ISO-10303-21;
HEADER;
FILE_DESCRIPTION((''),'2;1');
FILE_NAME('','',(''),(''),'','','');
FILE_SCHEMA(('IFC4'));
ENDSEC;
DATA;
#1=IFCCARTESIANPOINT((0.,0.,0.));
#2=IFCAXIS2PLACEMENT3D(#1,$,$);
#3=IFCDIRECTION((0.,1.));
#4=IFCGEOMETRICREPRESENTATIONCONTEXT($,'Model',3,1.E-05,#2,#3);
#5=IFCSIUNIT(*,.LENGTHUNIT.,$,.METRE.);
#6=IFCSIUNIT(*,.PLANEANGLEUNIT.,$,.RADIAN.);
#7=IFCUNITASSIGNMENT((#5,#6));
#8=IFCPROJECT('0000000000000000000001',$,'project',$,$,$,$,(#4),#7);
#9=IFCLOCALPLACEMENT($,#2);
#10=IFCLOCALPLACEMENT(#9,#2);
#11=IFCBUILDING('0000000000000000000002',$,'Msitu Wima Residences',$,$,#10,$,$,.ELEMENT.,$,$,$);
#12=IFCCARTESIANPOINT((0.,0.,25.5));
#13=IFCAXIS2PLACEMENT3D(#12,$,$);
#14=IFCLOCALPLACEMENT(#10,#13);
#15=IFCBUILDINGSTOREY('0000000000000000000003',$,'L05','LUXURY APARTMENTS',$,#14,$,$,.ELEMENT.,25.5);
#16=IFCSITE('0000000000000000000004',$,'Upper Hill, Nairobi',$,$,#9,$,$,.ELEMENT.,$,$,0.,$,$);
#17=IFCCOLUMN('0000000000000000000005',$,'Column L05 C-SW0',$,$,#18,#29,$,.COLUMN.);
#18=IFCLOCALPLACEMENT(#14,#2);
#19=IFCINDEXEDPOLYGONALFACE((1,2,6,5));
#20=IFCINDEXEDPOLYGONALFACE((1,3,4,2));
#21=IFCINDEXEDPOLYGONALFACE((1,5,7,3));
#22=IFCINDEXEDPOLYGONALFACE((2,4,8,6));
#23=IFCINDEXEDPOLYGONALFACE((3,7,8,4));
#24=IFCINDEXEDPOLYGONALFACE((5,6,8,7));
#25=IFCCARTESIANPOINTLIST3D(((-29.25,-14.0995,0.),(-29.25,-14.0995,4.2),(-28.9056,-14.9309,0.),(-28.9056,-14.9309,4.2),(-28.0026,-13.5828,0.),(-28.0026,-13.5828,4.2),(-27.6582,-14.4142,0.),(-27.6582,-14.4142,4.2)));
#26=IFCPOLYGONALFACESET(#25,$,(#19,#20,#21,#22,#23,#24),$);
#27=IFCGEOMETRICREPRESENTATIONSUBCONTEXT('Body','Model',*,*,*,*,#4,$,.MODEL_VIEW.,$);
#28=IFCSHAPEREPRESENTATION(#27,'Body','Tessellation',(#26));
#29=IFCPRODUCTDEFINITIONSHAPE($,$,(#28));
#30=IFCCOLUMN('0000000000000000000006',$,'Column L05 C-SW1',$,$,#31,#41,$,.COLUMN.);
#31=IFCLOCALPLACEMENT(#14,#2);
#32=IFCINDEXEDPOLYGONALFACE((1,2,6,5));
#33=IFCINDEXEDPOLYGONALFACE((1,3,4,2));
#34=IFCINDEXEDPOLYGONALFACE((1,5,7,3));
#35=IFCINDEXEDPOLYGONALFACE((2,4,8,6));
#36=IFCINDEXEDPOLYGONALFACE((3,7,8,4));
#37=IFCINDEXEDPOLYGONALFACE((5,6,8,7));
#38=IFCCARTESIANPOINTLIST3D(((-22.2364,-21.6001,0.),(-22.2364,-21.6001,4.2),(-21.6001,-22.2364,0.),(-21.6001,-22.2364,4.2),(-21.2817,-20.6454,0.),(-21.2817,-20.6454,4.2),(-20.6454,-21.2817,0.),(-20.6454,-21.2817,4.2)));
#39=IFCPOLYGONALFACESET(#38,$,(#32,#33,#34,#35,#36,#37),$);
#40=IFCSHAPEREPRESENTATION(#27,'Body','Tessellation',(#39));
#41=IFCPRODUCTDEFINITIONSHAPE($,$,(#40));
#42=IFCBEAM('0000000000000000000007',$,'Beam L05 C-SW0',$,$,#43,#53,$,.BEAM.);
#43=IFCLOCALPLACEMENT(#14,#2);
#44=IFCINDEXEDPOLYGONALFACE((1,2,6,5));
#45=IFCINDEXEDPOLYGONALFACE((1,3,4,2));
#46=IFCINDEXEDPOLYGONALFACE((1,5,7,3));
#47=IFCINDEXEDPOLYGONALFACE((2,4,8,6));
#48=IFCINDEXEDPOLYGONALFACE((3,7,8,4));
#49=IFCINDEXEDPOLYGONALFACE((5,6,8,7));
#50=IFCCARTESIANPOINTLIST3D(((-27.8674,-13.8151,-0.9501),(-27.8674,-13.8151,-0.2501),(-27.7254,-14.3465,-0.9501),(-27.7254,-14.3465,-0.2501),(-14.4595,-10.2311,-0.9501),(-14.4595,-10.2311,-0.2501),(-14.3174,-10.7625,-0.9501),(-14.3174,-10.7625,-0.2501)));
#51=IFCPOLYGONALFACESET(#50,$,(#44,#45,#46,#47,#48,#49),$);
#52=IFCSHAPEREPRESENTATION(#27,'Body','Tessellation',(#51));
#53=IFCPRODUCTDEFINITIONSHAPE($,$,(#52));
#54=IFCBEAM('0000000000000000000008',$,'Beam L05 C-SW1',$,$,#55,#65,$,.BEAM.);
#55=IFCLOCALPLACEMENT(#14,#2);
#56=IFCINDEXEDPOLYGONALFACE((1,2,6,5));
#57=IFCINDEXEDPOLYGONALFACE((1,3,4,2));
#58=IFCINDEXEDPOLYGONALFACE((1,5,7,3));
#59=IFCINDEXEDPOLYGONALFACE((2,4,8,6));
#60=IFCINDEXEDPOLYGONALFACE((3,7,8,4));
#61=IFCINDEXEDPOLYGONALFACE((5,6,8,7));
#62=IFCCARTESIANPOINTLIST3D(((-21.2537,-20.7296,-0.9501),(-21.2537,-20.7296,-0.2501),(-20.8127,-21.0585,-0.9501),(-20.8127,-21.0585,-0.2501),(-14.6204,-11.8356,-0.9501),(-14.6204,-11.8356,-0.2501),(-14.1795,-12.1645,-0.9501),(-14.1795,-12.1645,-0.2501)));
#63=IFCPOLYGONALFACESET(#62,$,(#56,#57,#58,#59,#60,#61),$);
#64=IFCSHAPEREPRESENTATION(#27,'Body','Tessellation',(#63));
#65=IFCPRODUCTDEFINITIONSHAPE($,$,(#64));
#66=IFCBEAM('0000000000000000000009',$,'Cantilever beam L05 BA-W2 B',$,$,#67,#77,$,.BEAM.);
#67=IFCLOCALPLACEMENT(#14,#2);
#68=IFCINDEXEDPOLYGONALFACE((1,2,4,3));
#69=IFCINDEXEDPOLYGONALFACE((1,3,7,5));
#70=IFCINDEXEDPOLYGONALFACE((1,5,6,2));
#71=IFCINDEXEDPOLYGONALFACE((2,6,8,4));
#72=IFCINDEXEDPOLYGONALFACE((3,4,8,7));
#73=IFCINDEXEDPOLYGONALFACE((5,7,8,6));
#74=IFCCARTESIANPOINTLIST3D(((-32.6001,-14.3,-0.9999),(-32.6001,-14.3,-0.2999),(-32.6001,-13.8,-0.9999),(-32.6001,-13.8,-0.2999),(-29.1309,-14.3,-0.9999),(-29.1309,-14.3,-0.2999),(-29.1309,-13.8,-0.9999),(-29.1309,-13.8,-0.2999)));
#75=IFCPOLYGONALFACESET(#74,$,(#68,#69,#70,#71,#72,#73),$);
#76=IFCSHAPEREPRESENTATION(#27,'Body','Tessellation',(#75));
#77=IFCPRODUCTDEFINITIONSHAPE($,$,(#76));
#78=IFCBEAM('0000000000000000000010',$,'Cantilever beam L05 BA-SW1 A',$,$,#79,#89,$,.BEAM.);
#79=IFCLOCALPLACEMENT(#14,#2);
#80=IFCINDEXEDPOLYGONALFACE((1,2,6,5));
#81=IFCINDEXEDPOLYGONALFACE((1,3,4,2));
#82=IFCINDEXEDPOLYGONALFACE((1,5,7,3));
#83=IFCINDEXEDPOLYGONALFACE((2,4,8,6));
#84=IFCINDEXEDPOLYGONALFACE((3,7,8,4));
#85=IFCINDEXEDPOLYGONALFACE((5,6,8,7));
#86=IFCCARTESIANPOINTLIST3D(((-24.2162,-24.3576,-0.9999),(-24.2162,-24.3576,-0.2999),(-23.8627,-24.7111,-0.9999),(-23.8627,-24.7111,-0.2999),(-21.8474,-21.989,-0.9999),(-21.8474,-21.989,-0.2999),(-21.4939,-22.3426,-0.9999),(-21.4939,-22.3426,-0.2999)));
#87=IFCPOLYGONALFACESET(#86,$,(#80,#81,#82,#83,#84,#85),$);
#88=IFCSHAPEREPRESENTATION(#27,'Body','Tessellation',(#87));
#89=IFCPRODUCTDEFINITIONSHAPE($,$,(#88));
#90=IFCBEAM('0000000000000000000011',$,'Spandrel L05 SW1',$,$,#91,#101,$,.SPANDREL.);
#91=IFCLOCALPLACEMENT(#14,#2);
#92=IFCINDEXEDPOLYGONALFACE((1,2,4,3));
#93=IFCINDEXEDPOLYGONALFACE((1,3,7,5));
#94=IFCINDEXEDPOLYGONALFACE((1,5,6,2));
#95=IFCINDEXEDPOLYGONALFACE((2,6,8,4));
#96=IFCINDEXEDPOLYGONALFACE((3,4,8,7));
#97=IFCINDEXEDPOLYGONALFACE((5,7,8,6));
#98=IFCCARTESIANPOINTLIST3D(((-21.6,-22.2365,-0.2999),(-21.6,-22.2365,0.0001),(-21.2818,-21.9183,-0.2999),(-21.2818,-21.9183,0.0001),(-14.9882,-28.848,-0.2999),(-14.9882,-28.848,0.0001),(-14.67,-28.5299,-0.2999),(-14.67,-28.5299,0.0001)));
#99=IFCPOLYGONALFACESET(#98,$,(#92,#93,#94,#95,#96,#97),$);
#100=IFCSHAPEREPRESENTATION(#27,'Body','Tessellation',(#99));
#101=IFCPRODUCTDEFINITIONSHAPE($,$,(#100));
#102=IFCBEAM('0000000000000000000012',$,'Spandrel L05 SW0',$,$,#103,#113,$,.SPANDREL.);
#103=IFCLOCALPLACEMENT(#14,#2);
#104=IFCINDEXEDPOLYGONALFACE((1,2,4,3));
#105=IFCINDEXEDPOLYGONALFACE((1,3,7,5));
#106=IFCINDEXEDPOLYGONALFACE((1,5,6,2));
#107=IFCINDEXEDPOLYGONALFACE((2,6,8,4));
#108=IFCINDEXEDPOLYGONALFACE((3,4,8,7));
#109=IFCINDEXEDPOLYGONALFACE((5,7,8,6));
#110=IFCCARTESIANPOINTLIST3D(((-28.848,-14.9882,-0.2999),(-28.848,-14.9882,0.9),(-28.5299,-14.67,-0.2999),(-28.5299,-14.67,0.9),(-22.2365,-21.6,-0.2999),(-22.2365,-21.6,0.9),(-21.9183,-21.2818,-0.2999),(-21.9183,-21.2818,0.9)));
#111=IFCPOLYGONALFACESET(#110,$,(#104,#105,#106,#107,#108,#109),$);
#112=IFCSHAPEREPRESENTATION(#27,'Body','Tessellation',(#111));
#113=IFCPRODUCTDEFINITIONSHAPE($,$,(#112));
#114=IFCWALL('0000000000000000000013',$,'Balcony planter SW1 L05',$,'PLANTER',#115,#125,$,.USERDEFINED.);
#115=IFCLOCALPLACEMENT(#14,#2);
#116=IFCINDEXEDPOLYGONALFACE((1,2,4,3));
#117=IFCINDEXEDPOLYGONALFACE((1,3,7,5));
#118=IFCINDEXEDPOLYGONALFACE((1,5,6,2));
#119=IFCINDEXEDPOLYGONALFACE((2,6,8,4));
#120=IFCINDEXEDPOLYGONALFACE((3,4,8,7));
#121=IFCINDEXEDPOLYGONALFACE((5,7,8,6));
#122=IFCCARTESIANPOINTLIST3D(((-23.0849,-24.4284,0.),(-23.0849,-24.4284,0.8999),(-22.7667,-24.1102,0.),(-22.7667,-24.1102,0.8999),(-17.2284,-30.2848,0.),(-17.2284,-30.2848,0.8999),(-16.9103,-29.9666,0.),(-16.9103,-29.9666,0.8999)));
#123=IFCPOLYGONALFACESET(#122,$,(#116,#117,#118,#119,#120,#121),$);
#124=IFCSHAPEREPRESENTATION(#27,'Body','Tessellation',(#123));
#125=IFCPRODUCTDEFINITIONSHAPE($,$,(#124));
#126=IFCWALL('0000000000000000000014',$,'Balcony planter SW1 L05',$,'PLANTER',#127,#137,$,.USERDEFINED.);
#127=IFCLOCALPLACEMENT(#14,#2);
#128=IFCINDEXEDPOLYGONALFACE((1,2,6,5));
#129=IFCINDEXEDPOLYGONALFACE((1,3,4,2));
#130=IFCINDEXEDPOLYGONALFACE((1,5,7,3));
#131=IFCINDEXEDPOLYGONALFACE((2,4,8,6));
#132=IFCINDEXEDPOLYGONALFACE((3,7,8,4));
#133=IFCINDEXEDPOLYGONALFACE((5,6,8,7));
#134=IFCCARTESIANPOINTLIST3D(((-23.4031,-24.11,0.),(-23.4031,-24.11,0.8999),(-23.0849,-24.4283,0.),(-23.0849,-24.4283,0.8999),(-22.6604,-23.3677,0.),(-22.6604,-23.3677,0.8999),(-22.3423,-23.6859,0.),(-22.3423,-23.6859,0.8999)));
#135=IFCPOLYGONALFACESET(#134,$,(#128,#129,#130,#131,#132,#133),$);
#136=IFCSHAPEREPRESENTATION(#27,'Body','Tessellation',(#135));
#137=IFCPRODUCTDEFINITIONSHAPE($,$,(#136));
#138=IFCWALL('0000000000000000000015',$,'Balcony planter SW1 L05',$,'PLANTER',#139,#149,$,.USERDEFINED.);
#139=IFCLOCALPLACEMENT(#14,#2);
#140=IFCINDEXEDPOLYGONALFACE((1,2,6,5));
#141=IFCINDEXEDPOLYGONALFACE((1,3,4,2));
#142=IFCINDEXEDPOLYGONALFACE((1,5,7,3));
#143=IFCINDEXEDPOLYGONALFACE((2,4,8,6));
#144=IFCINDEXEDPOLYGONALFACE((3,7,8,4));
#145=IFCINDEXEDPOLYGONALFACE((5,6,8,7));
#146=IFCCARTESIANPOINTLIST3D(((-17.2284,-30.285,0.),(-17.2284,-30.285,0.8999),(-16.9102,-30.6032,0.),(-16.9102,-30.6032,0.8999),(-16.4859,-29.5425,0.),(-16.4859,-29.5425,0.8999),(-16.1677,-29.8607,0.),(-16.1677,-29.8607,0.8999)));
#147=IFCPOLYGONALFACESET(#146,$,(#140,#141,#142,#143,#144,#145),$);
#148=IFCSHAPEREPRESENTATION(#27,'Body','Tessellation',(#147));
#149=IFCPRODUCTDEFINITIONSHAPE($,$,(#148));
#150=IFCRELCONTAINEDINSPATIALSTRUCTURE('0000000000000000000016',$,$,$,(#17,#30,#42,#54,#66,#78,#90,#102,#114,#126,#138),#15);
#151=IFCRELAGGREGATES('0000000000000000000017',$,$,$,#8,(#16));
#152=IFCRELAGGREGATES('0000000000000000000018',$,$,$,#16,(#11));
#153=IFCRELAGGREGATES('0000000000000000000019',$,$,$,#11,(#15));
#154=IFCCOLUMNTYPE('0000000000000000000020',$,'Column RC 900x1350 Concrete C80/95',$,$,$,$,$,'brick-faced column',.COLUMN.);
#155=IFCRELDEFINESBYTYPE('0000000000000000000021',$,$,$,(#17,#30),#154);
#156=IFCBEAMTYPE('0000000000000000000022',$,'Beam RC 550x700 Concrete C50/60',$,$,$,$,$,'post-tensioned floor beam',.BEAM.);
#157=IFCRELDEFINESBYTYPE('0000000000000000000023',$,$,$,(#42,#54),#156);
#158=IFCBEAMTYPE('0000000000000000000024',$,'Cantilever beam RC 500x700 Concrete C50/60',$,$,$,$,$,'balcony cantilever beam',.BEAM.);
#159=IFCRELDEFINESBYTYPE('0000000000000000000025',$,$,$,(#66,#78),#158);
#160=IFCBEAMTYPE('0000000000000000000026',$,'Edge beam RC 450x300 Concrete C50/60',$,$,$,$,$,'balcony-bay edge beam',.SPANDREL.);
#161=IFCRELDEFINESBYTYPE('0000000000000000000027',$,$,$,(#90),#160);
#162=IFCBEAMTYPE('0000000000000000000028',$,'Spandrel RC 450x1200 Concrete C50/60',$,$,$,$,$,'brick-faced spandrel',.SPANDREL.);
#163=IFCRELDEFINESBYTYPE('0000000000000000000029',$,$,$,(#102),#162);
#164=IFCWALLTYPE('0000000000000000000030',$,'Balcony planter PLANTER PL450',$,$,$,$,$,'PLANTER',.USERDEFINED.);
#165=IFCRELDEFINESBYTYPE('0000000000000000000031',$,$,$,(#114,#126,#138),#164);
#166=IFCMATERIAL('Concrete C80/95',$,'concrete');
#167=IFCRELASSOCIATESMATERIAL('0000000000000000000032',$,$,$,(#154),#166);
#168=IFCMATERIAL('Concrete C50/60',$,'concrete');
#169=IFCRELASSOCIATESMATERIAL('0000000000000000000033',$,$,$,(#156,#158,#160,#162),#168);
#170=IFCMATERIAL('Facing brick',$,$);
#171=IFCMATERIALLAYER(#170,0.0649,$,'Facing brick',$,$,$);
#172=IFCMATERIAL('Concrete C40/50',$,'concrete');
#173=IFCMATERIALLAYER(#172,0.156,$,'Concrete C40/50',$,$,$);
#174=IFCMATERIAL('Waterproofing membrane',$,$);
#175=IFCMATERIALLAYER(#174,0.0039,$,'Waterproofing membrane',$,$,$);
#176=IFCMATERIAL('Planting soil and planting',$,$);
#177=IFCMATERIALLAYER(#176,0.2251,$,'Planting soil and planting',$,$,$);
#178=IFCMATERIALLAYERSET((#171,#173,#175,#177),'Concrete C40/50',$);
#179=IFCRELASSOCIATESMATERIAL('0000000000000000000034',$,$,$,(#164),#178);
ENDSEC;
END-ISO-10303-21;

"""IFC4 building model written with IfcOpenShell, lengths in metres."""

from ifc_helpers import new_model, si_unit, direction, frame, frame_2d, origin, origin_2d, place, context, subcontext, project, spatial, rectangle, extrude, material, layer, layer_set, material_profile, profile_set, type_object, element, save


model = new_model("IFC4")

# Units and contexts
model_context = context("Model", 3, precision=1e-05, world=origin(), true_north=direction((0.0, 1.0)))
body_context = subcontext(model_context, "Body", "Model", "MODEL_VIEW")
ifc_project = project(units=[si_unit("LENGTHUNIT", "METRE"), si_unit("PLANEANGLEUNIT", "RADIAN")], contexts=[model_context])

# Site, building, storey
site_placement = place(None, origin())
site = spatial("IfcSite", under=ifc_project, at=site_placement, Name="Upper Hill, Nairobi", CompositionType="ELEMENT", RefElevation=0.0)
building_placement = place(site_placement, origin())
building = spatial("IfcBuilding", under=site, at=building_placement, Name="Msitu Wima Residences", CompositionType="ELEMENT")
storey_placement = place(building_placement, frame((0.0, 0.0, 25.5)))
storey = spatial("IfcBuildingStorey", under=building, at=storey_placement, Name="L05", Description="LUXURY APARTMENTS", CompositionType="ELEMENT", Elevation=25.5)

# Columns
ifc_material_1 = material(Name="Concrete C80/95", Category="concrete")
ifc_material_profile_1 = material_profile(ifc_material_1, rectangle(XDim=0.8999, YDim=1.3501, at=origin_2d()), Name="RC 900x1350")
ifc_profile_set_1 = profile_set([ifc_material_profile_1], Name="Concrete C80/95")
column_type = type_object("IfcColumnType", Name="Column RC 900x1350 Concrete C80/95", ElementType="brick-faced column", PredefinedType="COLUMN", material=ifc_profile_set_1)
for number, where, z_axis, x_axis, name in (
    (1, (-28.4541, -14.2568, 0.0), (0.0, 0.0, 1.0), (0.382683, -0.92388, 0.0), "Column L05 C-SW0"),
    (2, (-21.4409, -21.4409, 0.0), (0.0, 0.0, 1.0), (0.707107, -0.707107, 0.0), "Column L05 C-SW1"),
):
    element("IfcColumn", number, at=place(storey_placement, frame(where, z_axis=z_axis, x_axis=x_axis)), inside=storey, type_object=column_type, Name=name, PredefinedType="COLUMN", context=body_context, shape_type="SweptSolid", body=[
        extrude(rectangle(XDim=0.8999, YDim=1.3501, at=origin_2d()), origin(), (0.0, 0.0, 1.0), 4.2),
    ])

# Beams
ifc_material_2 = material(Name="Concrete C50/60", Category="concrete")
ifc_material_profile_2 = material_profile(ifc_material_2, rectangle(XDim=0.55, YDim=0.7, at=origin_2d()), Name="RC 550x700")
ifc_profile_set_2 = profile_set([ifc_material_profile_2], Name="Concrete C50/60")
beam_type_1 = type_object("IfcBeamType", Name="Beam RC 550x700 Concrete C50/60", ElementType="post-tensioned floor beam", PredefinedType="BEAM", material=ifc_profile_set_2)
beam_1_placement = place(storey_placement, frame((-27.7964, -14.0808, -0.6001), z_axis=(0.966082, 0.258236, 0.0), x_axis=(-0.258236, 0.966082, 0.0)))
element("IfcBeam", 3, at=beam_1_placement, inside=storey, type_object=beam_type_1, Name="Beam L05 C-SW0", PredefinedType="BEAM", context=body_context, shape_type="SweptSolid", body=[
    extrude(rectangle(XDim=0.55, YDim=0.7, at=origin_2d()), origin(), (0.0, 0.0, 1.0), 13.8787),
])
beam_2_placement = place(storey_placement, frame((-21.0332, -20.894, -0.6001), z_axis=(0.59785, 0.801608, 0.0), x_axis=(-0.801608, 0.59785, 0.0)))
element("IfcBeam", 4, at=beam_2_placement, inside=storey, type_object=beam_type_1, Name="Beam L05 C-SW1", PredefinedType="BEAM", context=body_context, shape_type="SweptSolid", body=[
    extrude(rectangle(XDim=0.55, YDim=0.7, at=origin_2d()), origin(), (0.0, 0.0, 1.0), 11.0952),
])
ifc_material_profile_3 = material_profile(ifc_material_2, rectangle(XDim=0.5, YDim=0.7, at=origin_2d()), Name="RC 500x700")
ifc_profile_set_3 = profile_set([ifc_material_profile_3], Name="Concrete C50/60")
beam_type_2 = type_object("IfcBeamType", Name="Cantilever beam RC 500x700 Concrete C50/60", ElementType="balcony cantilever beam", PredefinedType="BEAM", material=ifc_profile_set_3)
beam_3_placement = place(storey_placement, frame((-29.1309, -14.05, -0.6499), z_axis=(-1.0, 0.0, 0.0), x_axis=(0.0, -1.0, 0.0)))
element("IfcBeam", 5, at=beam_3_placement, inside=storey, type_object=beam_type_2, Name="Cantilever beam L05 BA-W2 B", PredefinedType="BEAM", context=body_context, shape_type="SweptSolid", body=[
    extrude(rectangle(XDim=0.5, YDim=0.7, at=origin_2d()), origin(), (0.0, 0.0, 1.0), 3.4692),
])
beam_4_placement = place(storey_placement, frame((-21.6707, -22.1658, -0.6499), z_axis=(-0.707143, -0.70707, 0.0), x_axis=(0.70707, -0.707143, 0.0)))
element("IfcBeam", 6, at=beam_4_placement, inside=storey, type_object=beam_type_2, Name="Cantilever beam L05 BA-SW1 A", PredefinedType="BEAM", context=body_context, shape_type="SweptSolid", body=[
    extrude(rectangle(XDim=0.5, YDim=0.7, at=origin_2d()), origin(), (0.0, 0.0, 1.0), 3.3499),
])
ifc_material_profile_4 = material_profile(ifc_material_2, rectangle(XDim=0.45, YDim=0.3, at=origin_2d()), Name="RC 450x300")
ifc_profile_set_4 = profile_set([ifc_material_profile_4], Name="Concrete C50/60")
beam_type_3 = type_object("IfcBeamType", Name="Edge beam RC 450x300 Concrete C50/60", ElementType="balcony-bay edge beam", PredefinedType="SPANDREL", material=ifc_profile_set_4)
beam_5_placement = place(storey_placement, frame((-21.4409, -22.0774, -0.1499), z_axis=(0.70712, -0.707094, 0.0), x_axis=(0.707094, 0.70712, 0.0)))
element("IfcBeam", 7, at=beam_5_placement, inside=storey, type_object=beam_type_3, Name="Spandrel L05 SW1", PredefinedType="SPANDREL", context=body_context, shape_type="SweptSolid", body=[
    extrude(rectangle(XDim=0.45, YDim=0.3, at=origin_2d()), origin(), (0.0, 0.0, 1.0), 9.3503),
])
ifc_material_profile_5 = material_profile(ifc_material_2, rectangle(XDim=0.45, YDim=1.2, at=origin_2d()), Name="RC 450x1200")
ifc_profile_set_5 = profile_set([ifc_material_profile_5], Name="Concrete C50/60")
beam_type_4 = type_object("IfcBeamType", Name="Spandrel RC 450x1200 Concrete C50/60", ElementType="brick-faced spandrel", PredefinedType="SPANDREL", material=ifc_profile_set_5)
beam_6_placement = place(storey_placement, frame((-28.689, -14.8291, 0.3), z_axis=(0.707094, -0.70712, 0.0), x_axis=(0.70712, 0.707094, 0.0)))
element("IfcBeam", 8, at=beam_6_placement, inside=storey, type_object=beam_type_4, Name="Spandrel L05 SW0", PredefinedType="SPANDREL", context=body_context, shape_type="SweptSolid", body=[
    extrude(rectangle(XDim=0.45, YDim=1.2, at=origin_2d()), origin(), (0.0, 0.0, 1.0), 9.3503),
])

# Walls
ifc_material_3 = material(Name="Facing brick")
ifc_layer_1 = layer(ifc_material_3, 0.0649, Name="Facing brick")
ifc_material_4 = material(Name="Concrete C40/50", Category="concrete")
ifc_layer_2 = layer(ifc_material_4, 0.156, Name="Concrete C40/50")
ifc_material_5 = material(Name="Waterproofing membrane")
ifc_layer_3 = layer(ifc_material_5, 0.0039, Name="Waterproofing membrane")
ifc_material_6 = material(Name="Planting soil and planting")
ifc_layer_4 = layer(ifc_material_6, 0.2251, Name="Planting soil and planting")
ifc_layer_set_1 = layer_set([ifc_layer_1, ifc_layer_2, ifc_layer_3, ifc_layer_4], Name="Concrete C40/50")
wall_type_1 = type_object("IfcWallType", Name="Balcony planter PLANTER PL450", ElementType="PLANTER", PredefinedType="USERDEFINED", material=ifc_layer_set_1)
wall_1_placement = place(storey_placement, frame((-22.9258, -24.2693, 0.0), z_axis=(0.0, 0.0, 1.0), x_axis=(0.707107, -0.707107, 0.0)))
element("IfcWall", 9, at=wall_1_placement, inside=storey, type_object=wall_type_1, Name="Balcony planter SW1 L05", ObjectType="PLANTER", PredefinedType="USERDEFINED", context=body_context, shape_type="SweptSolid", body=[
    extrude(rectangle(XDim=8.2822, YDim=0.45, at=frame_2d((4.1411, 0.0))), origin(), (0.0, 0.0, 1.0), 0.8999),
])
for number, where, z_axis, x_axis, name in (
    (10, (-22.5015, -23.5269, 0.0), (0.0, 0.0, 1.0), (-0.707223, -0.706991, 0.0), "Balcony planter SW1 L05"),
    (11, (-16.3269, -29.7017, 0.0), (0.0, 0.0, 1.0), (-0.707107, -0.707107, 0.0), "Balcony planter SW1 L05"),
):
    element("IfcWall", number, at=place(storey_placement, frame(where, z_axis=z_axis, x_axis=x_axis)), inside=storey, type_object=wall_type_1, Name=name, ObjectType="PLANTER", PredefinedType="USERDEFINED", context=body_context, shape_type="SweptSolid", body=[
        extrude(rectangle(XDim=1.05, YDim=0.45, at=frame_2d((0.5249, 0.0))), origin(), (0.0, 0.0, 1.0), 0.8999),
    ])

save(model, "model.ifc")
